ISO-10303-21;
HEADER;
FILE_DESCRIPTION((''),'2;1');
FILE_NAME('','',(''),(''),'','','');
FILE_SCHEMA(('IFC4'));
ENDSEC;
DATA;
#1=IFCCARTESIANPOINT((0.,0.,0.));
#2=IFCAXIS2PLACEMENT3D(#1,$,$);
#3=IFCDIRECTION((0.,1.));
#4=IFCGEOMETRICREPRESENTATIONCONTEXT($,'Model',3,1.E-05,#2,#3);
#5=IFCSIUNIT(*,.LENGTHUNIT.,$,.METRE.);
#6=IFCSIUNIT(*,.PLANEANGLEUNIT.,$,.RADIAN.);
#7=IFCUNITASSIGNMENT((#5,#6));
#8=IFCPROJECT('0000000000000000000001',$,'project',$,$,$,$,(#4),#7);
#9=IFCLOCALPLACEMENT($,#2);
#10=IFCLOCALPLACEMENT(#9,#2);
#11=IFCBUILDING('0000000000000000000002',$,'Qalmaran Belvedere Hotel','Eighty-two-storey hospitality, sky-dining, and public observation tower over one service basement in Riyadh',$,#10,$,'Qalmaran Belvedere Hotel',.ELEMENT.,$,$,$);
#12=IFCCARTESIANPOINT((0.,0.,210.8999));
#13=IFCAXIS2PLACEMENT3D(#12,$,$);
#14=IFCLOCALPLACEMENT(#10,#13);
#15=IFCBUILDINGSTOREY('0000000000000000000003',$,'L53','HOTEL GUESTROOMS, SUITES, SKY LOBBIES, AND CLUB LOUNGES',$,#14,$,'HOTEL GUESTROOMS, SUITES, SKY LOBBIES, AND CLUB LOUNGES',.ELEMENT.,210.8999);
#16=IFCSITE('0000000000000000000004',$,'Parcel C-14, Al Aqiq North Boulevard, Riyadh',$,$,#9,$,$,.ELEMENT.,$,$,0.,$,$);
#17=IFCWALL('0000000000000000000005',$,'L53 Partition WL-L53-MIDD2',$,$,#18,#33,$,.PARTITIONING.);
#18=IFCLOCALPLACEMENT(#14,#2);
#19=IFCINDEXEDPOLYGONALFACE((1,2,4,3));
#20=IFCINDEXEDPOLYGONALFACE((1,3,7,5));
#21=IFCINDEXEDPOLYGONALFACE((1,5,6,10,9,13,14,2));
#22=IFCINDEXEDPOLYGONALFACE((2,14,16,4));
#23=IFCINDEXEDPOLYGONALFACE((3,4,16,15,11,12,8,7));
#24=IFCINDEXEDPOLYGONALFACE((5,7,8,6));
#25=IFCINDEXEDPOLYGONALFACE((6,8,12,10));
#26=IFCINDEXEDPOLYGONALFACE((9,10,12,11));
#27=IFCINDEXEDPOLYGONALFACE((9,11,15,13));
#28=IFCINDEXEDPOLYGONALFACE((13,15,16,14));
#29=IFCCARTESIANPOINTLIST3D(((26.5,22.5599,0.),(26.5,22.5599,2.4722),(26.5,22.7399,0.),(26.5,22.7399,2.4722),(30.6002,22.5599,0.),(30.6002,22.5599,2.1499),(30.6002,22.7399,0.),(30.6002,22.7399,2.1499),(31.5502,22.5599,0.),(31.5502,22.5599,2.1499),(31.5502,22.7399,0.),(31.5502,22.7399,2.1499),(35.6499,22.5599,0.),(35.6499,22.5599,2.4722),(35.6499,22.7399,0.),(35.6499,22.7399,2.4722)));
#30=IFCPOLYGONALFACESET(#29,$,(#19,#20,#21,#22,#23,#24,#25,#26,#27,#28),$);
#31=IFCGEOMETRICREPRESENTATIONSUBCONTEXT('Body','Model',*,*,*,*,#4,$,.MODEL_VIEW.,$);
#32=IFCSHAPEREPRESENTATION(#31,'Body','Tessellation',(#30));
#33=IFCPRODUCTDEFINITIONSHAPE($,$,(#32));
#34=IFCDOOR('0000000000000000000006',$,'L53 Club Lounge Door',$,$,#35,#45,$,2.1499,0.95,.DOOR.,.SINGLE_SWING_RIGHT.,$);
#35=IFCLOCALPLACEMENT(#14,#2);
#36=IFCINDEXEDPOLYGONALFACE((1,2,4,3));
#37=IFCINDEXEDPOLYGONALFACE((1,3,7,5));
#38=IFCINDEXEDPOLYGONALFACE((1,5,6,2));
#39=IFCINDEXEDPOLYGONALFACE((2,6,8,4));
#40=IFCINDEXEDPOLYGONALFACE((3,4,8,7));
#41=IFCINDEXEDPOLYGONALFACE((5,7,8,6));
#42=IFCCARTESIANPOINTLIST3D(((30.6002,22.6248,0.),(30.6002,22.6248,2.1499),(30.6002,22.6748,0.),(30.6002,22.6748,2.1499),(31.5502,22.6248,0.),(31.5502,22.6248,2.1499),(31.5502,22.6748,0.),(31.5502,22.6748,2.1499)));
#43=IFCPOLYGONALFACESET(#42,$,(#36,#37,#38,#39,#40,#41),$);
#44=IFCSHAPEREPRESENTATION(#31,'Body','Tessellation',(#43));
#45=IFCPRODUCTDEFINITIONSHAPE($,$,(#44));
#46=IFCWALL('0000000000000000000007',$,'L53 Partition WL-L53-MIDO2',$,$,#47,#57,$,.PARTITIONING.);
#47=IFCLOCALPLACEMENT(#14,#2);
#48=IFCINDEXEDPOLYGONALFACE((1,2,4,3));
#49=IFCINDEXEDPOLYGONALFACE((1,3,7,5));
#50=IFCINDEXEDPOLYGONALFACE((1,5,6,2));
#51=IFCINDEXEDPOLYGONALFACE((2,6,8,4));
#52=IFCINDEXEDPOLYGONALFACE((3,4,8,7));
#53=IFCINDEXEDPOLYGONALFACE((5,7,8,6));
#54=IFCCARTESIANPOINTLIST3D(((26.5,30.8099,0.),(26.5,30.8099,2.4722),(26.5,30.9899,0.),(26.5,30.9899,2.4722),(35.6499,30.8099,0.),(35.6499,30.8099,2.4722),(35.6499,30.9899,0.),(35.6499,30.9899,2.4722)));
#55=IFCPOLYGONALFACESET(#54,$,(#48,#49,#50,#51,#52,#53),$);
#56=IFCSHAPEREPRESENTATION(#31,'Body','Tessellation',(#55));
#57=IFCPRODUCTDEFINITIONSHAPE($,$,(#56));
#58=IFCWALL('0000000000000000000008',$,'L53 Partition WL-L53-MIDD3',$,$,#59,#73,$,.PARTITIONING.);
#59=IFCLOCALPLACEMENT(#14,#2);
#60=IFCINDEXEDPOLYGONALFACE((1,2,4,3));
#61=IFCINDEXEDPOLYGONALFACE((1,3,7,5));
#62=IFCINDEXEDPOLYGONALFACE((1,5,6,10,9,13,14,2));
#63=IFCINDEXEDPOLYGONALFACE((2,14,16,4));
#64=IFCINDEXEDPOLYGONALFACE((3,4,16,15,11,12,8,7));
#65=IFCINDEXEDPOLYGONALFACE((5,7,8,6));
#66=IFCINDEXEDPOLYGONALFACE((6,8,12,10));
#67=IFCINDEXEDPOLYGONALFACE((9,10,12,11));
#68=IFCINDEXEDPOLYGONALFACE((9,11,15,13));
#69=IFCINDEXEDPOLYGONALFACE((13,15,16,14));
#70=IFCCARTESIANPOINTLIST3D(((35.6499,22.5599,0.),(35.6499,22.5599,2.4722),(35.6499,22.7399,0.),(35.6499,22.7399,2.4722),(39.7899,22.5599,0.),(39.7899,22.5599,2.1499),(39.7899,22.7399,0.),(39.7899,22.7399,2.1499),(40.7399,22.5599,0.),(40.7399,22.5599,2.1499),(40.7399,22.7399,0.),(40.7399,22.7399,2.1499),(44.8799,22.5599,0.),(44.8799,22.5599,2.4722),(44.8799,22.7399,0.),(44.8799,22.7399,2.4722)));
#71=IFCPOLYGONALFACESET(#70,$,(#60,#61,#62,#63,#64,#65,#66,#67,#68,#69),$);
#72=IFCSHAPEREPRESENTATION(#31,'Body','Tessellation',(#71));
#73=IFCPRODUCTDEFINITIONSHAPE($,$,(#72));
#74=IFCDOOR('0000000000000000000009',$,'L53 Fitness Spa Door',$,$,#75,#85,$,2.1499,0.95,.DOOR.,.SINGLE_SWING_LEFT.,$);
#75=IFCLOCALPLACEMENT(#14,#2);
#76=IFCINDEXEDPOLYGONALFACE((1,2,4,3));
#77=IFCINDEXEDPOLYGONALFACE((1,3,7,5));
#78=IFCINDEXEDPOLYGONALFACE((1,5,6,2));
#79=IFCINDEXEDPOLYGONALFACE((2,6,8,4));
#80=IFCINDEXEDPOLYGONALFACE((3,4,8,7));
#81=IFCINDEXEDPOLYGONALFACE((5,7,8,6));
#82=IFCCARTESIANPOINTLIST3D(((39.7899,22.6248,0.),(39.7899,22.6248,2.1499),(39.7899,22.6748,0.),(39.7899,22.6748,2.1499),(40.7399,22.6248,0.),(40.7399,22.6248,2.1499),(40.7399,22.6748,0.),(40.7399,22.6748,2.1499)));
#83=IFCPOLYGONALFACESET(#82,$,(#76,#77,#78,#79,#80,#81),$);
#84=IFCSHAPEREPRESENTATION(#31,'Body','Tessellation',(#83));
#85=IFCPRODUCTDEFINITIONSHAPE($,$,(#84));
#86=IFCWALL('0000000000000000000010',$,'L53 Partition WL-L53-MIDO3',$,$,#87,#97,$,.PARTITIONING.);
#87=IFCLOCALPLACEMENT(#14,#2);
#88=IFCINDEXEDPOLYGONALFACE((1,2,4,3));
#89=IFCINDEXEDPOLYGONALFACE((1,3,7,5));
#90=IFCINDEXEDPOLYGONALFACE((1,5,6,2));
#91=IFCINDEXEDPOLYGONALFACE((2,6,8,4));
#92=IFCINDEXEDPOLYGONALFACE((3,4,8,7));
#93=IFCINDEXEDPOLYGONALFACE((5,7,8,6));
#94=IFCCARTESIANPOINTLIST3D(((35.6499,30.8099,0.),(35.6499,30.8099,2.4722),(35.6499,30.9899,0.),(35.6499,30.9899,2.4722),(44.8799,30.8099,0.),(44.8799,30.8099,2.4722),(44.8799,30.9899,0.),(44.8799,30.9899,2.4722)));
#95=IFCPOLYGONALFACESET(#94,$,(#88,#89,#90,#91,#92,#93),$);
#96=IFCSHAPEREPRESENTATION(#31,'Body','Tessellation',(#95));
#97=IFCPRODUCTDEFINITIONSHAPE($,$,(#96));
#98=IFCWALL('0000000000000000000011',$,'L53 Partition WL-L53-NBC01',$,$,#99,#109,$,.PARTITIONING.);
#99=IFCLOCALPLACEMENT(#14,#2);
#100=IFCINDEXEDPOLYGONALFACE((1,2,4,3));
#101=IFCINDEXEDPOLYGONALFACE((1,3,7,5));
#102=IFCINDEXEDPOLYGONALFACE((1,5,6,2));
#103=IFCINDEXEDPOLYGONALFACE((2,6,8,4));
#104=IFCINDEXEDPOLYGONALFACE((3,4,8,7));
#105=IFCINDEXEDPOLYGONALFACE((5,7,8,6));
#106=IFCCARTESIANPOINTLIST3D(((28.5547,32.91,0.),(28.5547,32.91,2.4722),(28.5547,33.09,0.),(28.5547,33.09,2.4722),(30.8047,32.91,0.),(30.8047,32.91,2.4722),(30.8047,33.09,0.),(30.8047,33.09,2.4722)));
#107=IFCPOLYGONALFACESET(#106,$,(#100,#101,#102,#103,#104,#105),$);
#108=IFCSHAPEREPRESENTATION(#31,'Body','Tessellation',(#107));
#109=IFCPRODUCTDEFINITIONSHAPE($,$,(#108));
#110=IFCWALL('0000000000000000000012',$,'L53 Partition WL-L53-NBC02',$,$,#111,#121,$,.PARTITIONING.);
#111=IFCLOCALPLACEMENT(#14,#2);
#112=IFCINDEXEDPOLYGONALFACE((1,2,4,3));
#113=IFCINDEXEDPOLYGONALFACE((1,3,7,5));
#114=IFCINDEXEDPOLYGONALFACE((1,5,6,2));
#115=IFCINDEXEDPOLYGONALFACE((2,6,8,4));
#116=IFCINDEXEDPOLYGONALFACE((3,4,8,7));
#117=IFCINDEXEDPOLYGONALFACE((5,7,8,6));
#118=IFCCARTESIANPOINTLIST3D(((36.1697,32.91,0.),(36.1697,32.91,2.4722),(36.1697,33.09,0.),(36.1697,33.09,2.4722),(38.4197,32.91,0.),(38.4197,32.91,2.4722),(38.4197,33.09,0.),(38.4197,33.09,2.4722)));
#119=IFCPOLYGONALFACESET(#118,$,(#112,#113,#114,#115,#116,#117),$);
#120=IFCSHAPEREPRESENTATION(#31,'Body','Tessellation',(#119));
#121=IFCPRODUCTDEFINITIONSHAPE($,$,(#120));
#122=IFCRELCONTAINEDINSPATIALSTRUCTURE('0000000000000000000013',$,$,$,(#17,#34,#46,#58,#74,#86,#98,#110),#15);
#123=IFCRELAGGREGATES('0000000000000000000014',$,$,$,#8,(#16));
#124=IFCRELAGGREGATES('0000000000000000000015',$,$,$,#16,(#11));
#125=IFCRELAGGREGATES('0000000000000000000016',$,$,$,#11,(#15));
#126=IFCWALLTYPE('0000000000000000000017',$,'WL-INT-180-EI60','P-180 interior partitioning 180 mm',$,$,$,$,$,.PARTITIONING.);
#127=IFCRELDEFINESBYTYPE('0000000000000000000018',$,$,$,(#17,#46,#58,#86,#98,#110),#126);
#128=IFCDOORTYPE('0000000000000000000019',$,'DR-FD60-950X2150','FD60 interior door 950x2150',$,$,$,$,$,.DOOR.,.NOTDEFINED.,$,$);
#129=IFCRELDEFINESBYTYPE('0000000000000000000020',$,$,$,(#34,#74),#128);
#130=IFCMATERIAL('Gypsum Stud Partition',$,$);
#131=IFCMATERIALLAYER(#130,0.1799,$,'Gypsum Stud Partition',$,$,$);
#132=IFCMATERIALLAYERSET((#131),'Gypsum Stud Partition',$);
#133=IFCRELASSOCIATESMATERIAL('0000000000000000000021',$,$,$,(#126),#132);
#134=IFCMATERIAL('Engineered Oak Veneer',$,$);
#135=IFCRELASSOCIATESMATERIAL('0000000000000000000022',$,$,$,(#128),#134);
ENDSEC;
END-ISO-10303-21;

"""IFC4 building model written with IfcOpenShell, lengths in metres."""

from ifc_helpers import new_model, si_unit, direction, frame, frame_2d, origin, place, context, subcontext, project, spatial, rectangle, extrude, material, layer, layer_set, type_object, element, fill, save


model = new_model("IFC4")

# Units and contexts
model_context = context("Model", 3, precision=1e-05, world=origin(), true_north=direction((0.0, 1.0)))
body_context = subcontext(model_context, "Body", "Model", "MODEL_VIEW")
ifc_project = project(units=[si_unit("LENGTHUNIT", "METRE"), si_unit("PLANEANGLEUNIT", "RADIAN")], contexts=[model_context])

# Site, building, storey
site_placement = place(None, origin())
site = spatial("IfcSite", under=ifc_project, at=site_placement, Name="Parcel C-14, Al Aqiq North Boulevard, Riyadh", CompositionType="ELEMENT", RefElevation=0.0)
building_placement = place(site_placement, origin())
building = spatial("IfcBuilding", under=site, at=building_placement, Name="Qalmaran Belvedere Hotel", Description="Eighty-two-storey hospitality, sky-dining, and public observation tower over one service basement in Riyadh", LongName="Qalmaran Belvedere Hotel", CompositionType="ELEMENT")
storey_placement = place(building_placement, frame((0.0, 0.0, 210.8999)))
storey = spatial("IfcBuildingStorey", under=building, at=storey_placement, Name="L53", Description="HOTEL GUESTROOMS, SUITES, SKY LOBBIES, AND CLUB LOUNGES", LongName="HOTEL GUESTROOMS, SUITES, SKY LOBBIES, AND CLUB LOUNGES", CompositionType="ELEMENT", Elevation=210.8999)

# Shared definitions
ifc_material_1 = material(Name="Gypsum Stud Partition")

# Wall, opening, door
ifc_layer_1 = layer(ifc_material_1, 0.1799, Name="Gypsum Stud Partition")
ifc_layer_set_1 = layer_set([ifc_layer_1], Name="Gypsum Stud Partition")
wall_type_1 = type_object("IfcWallType", Name="WL-INT-180-EI60", Description="P-180 interior partitioning 180 mm", PredefinedType="PARTITIONING", material=ifc_layer_set_1)
wall_1_placement = place(storey_placement, frame((26.5, 22.6499, 0.0), z_axis=(0.0, 0.0, 1.0), x_axis=(1.0, 0.0, 0.0)))
wall_1 = element("IfcWall", 1, at=wall_1_placement, inside=storey, type_object=wall_type_1, Name="L53 Partition WL-L53-MIDD2", PredefinedType="PARTITIONING", context=body_context, shape_type="SweptSolid", body=[
    extrude(rectangle(XDim=9.1499, YDim=0.1799, at=frame_2d((4.575, 0.0))), origin(), (0.0, 0.0, 1.0), 2.4722),
])
opening_1_placement = place(wall_1_placement, frame((4.1001, 0.0, 0.0)))
opening_1 = element("IfcOpeningElement", 2, at=opening_1_placement, cuts=wall_1, PredefinedType="OPENING", context=body_context, shape_type="SweptSolid", body=[
    extrude(rectangle(XDim=0.95, YDim=2.1499, at=frame_2d((0.4751, 1.075))), frame((0.0, 0.1001, 0.0), z_axis=(0.0, -1.0, 0.0), x_axis=(1.0, 0.0, 0.0)), (0.0, 0.0, 1.0), 0.2),
])
ifc_material_2 = material(Name="Engineered Oak Veneer")
door_type = type_object("IfcDoorType", Name="DR-FD60-950X2150", Description="FD60 interior door 950x2150", OperationType="NOTDEFINED", PredefinedType="DOOR", material=ifc_material_2)
door_1_placement = place(opening_1_placement, origin())
door_1 = element("IfcDoor", 3, at=door_1_placement, inside=storey, type_object=door_type, Name="L53 Club Lounge Door", OperationType="SINGLE_SWING_RIGHT", OverallHeight=2.1499, OverallWidth=0.95, PredefinedType="DOOR", context=body_context, shape_type="SweptSolid", body=[
    extrude(rectangle(XDim=0.95, YDim=2.1499, at=frame_2d((0.4751, 1.075))), frame((0.0, 0.0249, 0.0), z_axis=(0.0, -1.0, 0.0), x_axis=(1.0, 0.0, 0.0)), (0.0, 0.0, 1.0), 0.05),
])
fill(opening_1, door_1)

# Wall
wall_2_placement = place(storey_placement, frame((26.5, 30.8999, 0.0), z_axis=(0.0, 0.0, 1.0), x_axis=(1.0, 0.0, 0.0)))
element("IfcWall", 4, at=wall_2_placement, inside=storey, type_object=wall_type_1, Name="L53 Partition WL-L53-MIDO2", PredefinedType="PARTITIONING", context=body_context, shape_type="SweptSolid", body=[
    extrude(rectangle(XDim=9.1499, YDim=0.1799, at=frame_2d((4.575, 0.0))), origin(), (0.0, 0.0, 1.0), 2.4722),
])

# Wall, opening, door
wall_3_placement = place(storey_placement, frame((35.6499, 22.6499, 0.0), z_axis=(0.0, 0.0, 1.0), x_axis=(1.0, 0.0, 0.0)))
wall_3 = element("IfcWall", 5, at=wall_3_placement, inside=storey, type_object=wall_type_1, Name="L53 Partition WL-L53-MIDD3", PredefinedType="PARTITIONING", context=body_context, shape_type="SweptSolid", body=[
    extrude(rectangle(XDim=9.23, YDim=0.1799, at=frame_2d((4.615, 0.0))), origin(), (0.0, 0.0, 1.0), 2.4722),
])
opening_2_placement = place(wall_3_placement, frame((4.1399, 0.0, 0.0)))
opening_2 = element("IfcOpeningElement", 6, at=opening_2_placement, cuts=wall_3, PredefinedType="OPENING", context=body_context, shape_type="SweptSolid", body=[
    extrude(rectangle(XDim=0.95, YDim=2.1499, at=frame_2d((0.4751, 1.075))), frame((0.0, 0.1001, 0.0), z_axis=(0.0, -1.0, 0.0), x_axis=(1.0, 0.0, 0.0)), (0.0, 0.0, 1.0), 0.2),
])
door_2_placement = place(opening_2_placement, origin())
door_2 = element("IfcDoor", 7, at=door_2_placement, inside=storey, type_object=door_type, Name="L53 Fitness Spa Door", OperationType="SINGLE_SWING_LEFT", OverallHeight=2.1499, OverallWidth=0.95, PredefinedType="DOOR", context=body_context, shape_type="SweptSolid", body=[
    extrude(rectangle(XDim=0.95, YDim=2.1499, at=frame_2d((0.4751, 1.075))), frame((0.0, 0.0249, 0.0), z_axis=(0.0, -1.0, 0.0), x_axis=(1.0, 0.0, 0.0)), (0.0, 0.0, 1.0), 0.05),
])
fill(opening_2, door_2)

# Walls
wall_4_placement = place(storey_placement, frame((35.6499, 30.8999, 0.0), z_axis=(0.0, 0.0, 1.0), x_axis=(1.0, 0.0, 0.0)))
element("IfcWall", 8, at=wall_4_placement, inside=storey, type_object=wall_type_1, Name="L53 Partition WL-L53-MIDO3", PredefinedType="PARTITIONING", context=body_context, shape_type="SweptSolid", body=[
    extrude(rectangle(XDim=9.23, YDim=0.1799, at=frame_2d((4.615, 0.0))), origin(), (0.0, 0.0, 1.0), 2.4722),
])
for number, where, z_axis, x_axis, name in (
    (9, (28.5547, 33.0, 0.0), (0.0, 0.0, 1.0), (1.0, 0.0, 0.0), "L53 Partition WL-L53-NBC01"),
    (10, (36.1697, 33.0, 0.0), (0.0, 0.0, 1.0), (1.0, 0.0, 0.0), "L53 Partition WL-L53-NBC02"),
):
    element("IfcWall", number, at=place(storey_placement, frame(where, z_axis=z_axis, x_axis=x_axis)), inside=storey, type_object=wall_type_1, Name=name, PredefinedType="PARTITIONING", context=body_context, shape_type="SweptSolid", body=[
        extrude(rectangle(XDim=2.25, YDim=0.1799, at=frame_2d((1.125, 0.0))), origin(), (0.0, 0.0, 1.0), 2.4722),
    ])

save(model, "model.ifc")
